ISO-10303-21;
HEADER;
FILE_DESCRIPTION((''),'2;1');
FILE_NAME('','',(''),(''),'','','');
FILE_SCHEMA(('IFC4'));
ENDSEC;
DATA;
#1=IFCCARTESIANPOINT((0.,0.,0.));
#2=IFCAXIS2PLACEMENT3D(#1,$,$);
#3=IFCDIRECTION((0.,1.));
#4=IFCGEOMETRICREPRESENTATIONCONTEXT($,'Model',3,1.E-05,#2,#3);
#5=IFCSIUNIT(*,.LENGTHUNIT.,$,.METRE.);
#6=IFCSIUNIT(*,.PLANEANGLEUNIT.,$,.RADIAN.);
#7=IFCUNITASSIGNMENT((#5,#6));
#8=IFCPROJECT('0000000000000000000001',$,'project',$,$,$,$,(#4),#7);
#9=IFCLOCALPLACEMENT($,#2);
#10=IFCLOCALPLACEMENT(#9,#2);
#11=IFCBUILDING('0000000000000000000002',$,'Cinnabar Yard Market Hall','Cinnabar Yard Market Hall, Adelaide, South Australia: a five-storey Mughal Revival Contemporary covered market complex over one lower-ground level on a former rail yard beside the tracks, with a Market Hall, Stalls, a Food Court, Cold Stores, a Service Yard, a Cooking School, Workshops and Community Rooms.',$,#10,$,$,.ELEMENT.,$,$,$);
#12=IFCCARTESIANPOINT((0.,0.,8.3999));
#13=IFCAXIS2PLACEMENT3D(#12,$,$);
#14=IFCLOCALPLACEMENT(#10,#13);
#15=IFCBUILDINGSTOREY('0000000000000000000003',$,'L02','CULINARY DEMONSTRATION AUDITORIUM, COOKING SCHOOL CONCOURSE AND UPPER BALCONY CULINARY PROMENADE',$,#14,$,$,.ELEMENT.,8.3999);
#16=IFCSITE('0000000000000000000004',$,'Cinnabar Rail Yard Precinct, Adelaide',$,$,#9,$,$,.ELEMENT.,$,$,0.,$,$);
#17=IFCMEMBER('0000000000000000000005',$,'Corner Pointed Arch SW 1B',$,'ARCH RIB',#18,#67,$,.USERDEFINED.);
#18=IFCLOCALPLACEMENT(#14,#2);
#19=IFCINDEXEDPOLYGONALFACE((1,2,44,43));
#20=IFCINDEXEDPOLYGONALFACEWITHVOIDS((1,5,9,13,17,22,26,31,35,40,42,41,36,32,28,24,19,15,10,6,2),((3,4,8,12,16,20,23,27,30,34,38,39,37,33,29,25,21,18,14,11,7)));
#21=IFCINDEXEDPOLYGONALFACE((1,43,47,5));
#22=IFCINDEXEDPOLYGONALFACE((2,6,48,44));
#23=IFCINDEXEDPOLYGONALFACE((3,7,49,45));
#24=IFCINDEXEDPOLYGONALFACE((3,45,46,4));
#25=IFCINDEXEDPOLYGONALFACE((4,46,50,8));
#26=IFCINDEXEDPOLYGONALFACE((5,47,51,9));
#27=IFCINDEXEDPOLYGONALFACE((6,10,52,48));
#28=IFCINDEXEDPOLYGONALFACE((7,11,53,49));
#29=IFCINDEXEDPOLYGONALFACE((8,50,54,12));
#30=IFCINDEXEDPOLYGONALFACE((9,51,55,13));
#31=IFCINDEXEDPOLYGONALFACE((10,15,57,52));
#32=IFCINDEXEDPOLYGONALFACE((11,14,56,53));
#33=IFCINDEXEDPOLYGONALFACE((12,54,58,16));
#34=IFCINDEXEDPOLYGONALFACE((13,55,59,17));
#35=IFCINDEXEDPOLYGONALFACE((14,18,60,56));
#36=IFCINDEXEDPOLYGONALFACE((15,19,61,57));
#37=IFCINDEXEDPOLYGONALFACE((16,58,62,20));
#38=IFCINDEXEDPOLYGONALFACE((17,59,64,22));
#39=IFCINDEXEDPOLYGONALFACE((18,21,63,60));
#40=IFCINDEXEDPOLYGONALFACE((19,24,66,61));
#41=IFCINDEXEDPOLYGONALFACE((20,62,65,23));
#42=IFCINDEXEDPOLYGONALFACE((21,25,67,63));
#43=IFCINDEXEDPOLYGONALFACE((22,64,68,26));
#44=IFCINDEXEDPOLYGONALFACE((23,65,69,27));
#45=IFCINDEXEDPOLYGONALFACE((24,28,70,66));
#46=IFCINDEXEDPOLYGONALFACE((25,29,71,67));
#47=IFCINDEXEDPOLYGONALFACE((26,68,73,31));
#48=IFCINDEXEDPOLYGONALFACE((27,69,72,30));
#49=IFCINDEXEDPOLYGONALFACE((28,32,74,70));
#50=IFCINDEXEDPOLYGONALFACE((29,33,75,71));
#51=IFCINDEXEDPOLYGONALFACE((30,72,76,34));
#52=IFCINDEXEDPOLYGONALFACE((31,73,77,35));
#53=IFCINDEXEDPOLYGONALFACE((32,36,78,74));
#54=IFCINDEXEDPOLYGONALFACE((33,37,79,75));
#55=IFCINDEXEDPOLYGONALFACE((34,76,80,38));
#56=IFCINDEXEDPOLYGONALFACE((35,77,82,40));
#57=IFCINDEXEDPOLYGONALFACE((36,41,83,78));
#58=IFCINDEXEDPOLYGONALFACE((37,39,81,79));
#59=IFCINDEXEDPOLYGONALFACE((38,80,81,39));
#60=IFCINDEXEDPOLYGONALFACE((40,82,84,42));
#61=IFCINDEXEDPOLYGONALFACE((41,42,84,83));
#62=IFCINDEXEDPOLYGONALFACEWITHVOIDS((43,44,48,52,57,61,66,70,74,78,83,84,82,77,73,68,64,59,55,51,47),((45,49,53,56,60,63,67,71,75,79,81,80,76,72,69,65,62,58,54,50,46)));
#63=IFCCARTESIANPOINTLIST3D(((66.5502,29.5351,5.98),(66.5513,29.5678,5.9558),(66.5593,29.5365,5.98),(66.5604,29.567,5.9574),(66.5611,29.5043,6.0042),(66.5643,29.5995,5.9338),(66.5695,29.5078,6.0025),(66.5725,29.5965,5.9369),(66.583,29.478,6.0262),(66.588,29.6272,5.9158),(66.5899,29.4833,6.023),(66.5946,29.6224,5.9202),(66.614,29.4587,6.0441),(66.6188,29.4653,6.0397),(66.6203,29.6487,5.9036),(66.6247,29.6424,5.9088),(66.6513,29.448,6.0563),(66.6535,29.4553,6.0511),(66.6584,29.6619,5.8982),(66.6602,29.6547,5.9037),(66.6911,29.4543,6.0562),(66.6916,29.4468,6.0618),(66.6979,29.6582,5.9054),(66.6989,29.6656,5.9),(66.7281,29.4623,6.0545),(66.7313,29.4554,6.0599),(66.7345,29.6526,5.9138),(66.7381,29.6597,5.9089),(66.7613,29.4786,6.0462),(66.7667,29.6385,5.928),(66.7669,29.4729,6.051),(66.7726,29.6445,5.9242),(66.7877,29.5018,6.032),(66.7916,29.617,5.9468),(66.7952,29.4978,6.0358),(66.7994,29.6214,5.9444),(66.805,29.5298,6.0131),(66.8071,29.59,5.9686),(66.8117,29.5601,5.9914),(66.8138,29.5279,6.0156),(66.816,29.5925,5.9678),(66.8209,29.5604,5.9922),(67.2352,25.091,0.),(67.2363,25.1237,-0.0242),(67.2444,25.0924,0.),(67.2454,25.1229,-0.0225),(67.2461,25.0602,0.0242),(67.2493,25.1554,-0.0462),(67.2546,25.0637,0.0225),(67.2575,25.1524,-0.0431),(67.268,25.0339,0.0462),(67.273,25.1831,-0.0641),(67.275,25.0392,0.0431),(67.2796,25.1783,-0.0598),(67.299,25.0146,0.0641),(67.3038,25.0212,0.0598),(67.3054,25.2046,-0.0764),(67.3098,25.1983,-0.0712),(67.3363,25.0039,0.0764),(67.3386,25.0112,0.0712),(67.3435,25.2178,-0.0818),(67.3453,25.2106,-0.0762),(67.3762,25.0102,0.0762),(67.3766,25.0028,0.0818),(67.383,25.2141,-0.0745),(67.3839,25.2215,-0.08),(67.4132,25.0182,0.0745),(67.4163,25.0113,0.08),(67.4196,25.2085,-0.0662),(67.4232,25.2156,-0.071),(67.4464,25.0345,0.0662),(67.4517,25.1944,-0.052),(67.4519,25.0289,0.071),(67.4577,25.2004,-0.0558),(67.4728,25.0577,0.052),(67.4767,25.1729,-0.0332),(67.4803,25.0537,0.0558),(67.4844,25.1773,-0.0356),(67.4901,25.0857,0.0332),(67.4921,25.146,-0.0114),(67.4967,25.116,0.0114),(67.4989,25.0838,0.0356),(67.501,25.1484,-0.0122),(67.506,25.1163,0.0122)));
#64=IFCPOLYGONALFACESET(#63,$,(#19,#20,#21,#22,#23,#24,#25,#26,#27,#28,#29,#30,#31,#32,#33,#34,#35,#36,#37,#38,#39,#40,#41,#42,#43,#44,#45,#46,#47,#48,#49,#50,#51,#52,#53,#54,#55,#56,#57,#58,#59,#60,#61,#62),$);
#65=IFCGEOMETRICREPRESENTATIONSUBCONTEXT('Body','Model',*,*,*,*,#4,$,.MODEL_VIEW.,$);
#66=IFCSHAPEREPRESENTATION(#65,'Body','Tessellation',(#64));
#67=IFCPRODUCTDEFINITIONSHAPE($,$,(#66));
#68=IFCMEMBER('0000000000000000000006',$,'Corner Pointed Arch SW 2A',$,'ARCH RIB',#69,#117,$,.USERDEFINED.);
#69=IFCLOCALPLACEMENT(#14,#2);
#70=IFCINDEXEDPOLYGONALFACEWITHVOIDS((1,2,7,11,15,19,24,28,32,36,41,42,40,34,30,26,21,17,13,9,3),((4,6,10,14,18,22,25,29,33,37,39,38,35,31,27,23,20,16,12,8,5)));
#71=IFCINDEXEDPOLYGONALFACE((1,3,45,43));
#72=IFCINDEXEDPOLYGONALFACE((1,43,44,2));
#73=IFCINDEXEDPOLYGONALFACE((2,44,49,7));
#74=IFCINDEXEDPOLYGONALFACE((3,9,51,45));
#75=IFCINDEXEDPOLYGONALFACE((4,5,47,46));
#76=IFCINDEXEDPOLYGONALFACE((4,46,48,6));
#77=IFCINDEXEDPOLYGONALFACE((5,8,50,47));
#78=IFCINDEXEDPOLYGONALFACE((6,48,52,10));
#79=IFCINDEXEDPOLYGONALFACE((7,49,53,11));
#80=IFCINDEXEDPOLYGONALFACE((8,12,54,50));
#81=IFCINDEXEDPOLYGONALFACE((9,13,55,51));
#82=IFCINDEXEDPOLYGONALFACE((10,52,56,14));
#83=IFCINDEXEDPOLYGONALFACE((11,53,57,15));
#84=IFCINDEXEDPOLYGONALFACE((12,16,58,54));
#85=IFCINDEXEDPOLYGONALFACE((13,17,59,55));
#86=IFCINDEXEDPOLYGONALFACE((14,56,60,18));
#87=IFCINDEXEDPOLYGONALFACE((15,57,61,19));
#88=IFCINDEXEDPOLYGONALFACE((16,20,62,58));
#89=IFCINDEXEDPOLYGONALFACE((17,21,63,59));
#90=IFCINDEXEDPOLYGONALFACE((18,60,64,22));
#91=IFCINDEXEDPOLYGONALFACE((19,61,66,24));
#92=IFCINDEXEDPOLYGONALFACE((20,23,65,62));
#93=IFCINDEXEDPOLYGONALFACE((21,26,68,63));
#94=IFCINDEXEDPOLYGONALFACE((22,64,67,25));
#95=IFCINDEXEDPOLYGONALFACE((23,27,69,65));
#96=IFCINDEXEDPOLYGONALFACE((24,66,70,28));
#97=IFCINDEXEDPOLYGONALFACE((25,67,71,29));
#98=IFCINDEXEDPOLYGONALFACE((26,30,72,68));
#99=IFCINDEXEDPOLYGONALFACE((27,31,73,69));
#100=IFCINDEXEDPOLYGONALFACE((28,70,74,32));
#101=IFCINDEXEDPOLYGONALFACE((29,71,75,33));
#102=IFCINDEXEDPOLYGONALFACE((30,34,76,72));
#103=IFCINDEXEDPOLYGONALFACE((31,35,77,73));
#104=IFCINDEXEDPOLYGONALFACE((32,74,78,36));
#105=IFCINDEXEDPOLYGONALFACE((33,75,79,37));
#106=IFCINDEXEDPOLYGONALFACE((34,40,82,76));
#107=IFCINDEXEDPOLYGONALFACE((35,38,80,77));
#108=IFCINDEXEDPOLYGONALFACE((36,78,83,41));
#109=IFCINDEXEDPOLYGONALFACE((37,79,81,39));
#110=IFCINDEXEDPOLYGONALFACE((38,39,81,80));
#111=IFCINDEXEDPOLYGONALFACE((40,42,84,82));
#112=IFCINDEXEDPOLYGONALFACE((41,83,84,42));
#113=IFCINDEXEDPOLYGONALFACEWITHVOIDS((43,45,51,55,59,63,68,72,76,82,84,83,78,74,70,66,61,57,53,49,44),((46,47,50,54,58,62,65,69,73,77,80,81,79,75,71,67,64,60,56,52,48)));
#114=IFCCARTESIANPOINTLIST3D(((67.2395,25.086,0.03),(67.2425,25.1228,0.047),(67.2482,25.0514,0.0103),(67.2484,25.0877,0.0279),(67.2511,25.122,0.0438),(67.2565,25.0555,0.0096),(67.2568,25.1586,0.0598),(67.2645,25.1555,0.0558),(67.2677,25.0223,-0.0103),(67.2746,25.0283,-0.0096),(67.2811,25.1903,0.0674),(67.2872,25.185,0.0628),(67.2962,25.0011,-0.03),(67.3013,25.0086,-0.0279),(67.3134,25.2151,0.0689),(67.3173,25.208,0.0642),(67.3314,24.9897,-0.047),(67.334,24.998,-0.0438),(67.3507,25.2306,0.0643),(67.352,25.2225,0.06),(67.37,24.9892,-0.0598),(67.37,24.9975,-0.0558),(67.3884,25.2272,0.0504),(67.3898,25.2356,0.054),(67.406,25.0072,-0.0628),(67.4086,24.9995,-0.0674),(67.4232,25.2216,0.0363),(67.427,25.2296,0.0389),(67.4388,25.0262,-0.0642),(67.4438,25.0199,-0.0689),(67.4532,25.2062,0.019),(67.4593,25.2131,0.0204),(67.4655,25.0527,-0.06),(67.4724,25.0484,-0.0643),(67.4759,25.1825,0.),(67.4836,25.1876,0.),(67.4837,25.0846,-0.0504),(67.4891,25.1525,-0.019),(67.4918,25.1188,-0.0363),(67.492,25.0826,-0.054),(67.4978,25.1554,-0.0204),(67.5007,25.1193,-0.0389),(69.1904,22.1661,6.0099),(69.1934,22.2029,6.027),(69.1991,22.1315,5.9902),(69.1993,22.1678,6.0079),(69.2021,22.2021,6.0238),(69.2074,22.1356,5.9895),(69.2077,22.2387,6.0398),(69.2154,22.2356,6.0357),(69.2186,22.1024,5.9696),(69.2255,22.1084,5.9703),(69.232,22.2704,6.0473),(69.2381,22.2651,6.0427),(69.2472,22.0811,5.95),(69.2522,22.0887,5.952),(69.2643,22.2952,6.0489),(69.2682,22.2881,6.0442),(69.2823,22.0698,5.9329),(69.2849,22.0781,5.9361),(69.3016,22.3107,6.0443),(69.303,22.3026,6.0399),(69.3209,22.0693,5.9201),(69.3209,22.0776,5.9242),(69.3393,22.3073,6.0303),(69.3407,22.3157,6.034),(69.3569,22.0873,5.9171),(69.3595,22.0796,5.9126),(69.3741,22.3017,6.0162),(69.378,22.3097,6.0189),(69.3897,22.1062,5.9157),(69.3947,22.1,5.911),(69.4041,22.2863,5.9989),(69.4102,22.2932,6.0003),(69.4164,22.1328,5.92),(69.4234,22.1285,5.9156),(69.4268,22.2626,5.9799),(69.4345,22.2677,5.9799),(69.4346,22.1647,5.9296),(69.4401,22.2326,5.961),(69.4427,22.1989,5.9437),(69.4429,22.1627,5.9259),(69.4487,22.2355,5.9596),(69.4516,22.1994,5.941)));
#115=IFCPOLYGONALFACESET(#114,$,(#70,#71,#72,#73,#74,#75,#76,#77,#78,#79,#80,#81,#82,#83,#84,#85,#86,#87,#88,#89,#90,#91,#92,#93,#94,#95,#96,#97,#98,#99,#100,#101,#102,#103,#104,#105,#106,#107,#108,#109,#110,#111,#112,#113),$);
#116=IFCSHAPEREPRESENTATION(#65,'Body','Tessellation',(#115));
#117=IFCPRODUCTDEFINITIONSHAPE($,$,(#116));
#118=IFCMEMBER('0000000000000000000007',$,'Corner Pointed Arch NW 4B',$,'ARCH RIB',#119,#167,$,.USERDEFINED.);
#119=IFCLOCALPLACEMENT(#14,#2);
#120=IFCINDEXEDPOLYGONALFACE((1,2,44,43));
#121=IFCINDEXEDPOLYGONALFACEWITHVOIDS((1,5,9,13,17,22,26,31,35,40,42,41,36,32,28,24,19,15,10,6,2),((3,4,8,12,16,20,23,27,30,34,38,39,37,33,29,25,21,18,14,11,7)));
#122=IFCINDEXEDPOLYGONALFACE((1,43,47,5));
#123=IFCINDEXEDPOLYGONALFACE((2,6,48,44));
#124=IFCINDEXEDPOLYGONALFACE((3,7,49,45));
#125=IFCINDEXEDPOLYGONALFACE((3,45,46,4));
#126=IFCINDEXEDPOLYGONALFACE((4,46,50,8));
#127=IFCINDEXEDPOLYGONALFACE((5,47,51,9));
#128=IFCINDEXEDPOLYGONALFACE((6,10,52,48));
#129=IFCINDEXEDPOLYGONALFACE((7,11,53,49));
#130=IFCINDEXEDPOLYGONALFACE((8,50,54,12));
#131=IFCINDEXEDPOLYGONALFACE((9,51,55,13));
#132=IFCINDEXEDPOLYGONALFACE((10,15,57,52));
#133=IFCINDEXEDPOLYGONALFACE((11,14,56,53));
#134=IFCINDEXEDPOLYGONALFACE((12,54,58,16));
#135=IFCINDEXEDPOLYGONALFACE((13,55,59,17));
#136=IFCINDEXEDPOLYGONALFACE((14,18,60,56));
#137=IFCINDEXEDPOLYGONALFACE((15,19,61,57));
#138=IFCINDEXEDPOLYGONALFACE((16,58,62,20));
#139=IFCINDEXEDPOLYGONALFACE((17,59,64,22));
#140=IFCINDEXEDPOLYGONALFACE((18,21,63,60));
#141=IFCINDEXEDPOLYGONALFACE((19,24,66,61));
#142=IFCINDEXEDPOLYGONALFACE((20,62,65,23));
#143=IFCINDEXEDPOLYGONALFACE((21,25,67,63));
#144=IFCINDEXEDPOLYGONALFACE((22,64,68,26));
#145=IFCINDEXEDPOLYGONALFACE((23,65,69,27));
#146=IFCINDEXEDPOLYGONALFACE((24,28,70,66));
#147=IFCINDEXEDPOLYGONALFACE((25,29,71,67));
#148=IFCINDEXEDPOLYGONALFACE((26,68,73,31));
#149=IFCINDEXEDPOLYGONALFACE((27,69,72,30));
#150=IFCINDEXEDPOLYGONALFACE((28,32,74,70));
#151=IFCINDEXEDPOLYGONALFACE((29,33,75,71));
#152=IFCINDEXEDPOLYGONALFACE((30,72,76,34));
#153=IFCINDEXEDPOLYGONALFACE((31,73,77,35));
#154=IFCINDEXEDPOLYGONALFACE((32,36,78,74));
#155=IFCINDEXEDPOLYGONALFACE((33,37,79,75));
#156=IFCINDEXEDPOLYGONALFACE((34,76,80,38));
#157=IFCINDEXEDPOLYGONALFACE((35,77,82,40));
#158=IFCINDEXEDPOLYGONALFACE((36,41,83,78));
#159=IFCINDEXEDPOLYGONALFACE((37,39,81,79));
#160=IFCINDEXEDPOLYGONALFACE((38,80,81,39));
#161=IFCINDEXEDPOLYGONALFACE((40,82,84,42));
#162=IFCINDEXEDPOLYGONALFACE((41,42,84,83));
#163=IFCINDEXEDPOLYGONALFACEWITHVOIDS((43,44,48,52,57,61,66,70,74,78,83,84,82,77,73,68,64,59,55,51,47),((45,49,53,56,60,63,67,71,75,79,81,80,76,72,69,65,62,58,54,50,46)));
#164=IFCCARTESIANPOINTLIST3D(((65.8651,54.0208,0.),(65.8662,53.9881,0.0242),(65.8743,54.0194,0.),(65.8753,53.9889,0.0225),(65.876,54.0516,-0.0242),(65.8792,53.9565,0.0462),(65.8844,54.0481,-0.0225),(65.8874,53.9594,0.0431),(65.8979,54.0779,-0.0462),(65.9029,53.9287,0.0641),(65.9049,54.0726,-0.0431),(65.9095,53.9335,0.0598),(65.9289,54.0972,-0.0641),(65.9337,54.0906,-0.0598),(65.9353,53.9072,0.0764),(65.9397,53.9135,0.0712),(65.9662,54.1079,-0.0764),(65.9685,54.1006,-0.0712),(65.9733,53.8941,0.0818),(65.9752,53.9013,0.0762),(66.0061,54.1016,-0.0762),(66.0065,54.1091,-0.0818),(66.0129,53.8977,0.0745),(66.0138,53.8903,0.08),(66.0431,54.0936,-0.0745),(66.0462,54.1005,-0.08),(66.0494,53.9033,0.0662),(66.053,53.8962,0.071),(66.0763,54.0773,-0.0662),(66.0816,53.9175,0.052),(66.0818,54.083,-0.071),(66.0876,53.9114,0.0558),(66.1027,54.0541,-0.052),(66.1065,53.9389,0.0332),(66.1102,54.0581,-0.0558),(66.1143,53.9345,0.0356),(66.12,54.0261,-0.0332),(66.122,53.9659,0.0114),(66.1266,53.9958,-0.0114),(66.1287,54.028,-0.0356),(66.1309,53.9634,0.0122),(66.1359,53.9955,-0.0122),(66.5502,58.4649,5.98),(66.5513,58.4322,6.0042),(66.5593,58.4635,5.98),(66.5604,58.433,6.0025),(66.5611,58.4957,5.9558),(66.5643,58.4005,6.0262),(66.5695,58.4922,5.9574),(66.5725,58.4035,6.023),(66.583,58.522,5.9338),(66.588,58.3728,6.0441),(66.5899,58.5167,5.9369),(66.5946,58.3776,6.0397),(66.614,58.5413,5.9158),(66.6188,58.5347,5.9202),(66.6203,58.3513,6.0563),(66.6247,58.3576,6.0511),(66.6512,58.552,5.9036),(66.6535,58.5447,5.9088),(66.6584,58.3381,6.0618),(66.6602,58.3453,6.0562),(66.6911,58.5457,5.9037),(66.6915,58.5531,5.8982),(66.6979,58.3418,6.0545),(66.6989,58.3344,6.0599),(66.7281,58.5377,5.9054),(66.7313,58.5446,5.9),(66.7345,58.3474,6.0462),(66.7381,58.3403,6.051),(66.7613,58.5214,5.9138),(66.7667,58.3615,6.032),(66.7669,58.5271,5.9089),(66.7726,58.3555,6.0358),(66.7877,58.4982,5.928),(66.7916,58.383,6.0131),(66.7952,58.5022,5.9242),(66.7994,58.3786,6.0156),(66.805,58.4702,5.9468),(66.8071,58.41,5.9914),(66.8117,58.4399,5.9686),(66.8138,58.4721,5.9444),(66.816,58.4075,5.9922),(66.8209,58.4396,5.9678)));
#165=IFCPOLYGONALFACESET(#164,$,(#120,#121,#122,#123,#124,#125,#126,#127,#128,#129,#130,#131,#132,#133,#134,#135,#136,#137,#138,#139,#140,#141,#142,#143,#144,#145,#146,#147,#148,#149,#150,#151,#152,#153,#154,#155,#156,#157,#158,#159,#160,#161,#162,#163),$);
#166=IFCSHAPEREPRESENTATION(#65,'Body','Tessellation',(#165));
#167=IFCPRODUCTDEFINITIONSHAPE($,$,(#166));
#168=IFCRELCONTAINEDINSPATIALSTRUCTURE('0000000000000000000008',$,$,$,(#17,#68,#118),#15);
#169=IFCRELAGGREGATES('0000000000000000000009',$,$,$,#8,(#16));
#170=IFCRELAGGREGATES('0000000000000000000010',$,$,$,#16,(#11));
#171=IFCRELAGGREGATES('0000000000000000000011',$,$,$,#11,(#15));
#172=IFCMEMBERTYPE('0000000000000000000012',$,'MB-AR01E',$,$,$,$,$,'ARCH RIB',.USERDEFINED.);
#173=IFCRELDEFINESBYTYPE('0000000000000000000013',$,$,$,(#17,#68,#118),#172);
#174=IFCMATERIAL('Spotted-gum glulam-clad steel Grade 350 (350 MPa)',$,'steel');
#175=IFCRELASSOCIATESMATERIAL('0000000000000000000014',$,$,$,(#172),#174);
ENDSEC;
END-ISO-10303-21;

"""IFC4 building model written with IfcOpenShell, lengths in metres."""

from ifc_helpers import new_model, si_unit, direction, frame, origin, origin_2d_with_axis, place, context, subcontext, project, spatial, hollow_circle, extrude, material, material_profile, profile_set, type_object, element, save


model = new_model("IFC4")

# Units and contexts
model_context = context("Model", 3, precision=1e-05, world=origin(), true_north=direction((0.0, 1.0)))
body_context = subcontext(model_context, "Body", "Model", "MODEL_VIEW")
ifc_project = project(units=[si_unit("LENGTHUNIT", "METRE"), si_unit("PLANEANGLEUNIT", "RADIAN")], contexts=[model_context])

# Site, building, storey
site_placement = place(None, origin())
site = spatial("IfcSite", under=ifc_project, at=site_placement, Name="Cinnabar Rail Yard Precinct, Adelaide", CompositionType="ELEMENT", RefElevation=0.0)
building_placement = place(site_placement, origin())
building = spatial("IfcBuilding", under=site, at=building_placement, Name="Cinnabar Yard Market Hall", Description="Cinnabar Yard Market Hall, Adelaide, South Australia: a five-storey Mughal Revival Contemporary covered market complex over one lower-ground level on a former rail yard beside the tracks, with a Market Hall, Stalls, a Food Court, Cold Stores, a Service Yard, a Cooking School, Workshops and Community Rooms.", CompositionType="ELEMENT")
storey_placement = place(building_placement, frame((0.0, 0.0, 8.3999)))
storey = spatial("IfcBuildingStorey", under=building, at=storey_placement, Name="L02", Description="CULINARY DEMONSTRATION AUDITORIUM, COOKING SCHOOL CONCOURSE AND UPPER BALCONY CULINARY PROMENADE", CompositionType="ELEMENT", Elevation=8.3999)

# Shared definitions
ifc_material_1 = material(Name="Spotted-gum glulam-clad steel Grade 350 (350 MPa)", Category="steel")

# Members
ifc_material_profile_1 = material_profile(ifc_material_1, hollow_circle(Radius=0.1365, WallThickness=0.0093, at=origin_2d_with_axis()), Name="273.1x9.3CHS")
ifc_profile_set_1 = profile_set([ifc_material_profile_1], Name="Spotted-gum glulam-clad steel Grade 350 (350 MPa)")
member_type_1 = type_object("IfcMemberType", Name="MB-AR01E", ElementType="ARCH RIB", PredefinedType="USERDEFINED", material=ifc_profile_set_1)
for number, where, z_axis, x_axis, name in (
    (1, (67.3701, 25.1118, 0.0), (-0.091562, 0.593976, 0.799255), (-0.988326, -0.152351, 0.0), "Corner Pointed Arch SW 1B"),
):
    element("IfcMember", number, at=place(storey_placement, frame(where, z_axis=z_axis, x_axis=x_axis)), inside=storey, type_object=member_type_1, Name=name, ObjectType="ARCH RIB", PredefinedType="USERDEFINED", context=body_context, shape_type="SweptSolid", body=[
        extrude(hollow_circle(Radius=0.1365, WallThickness=0.0093, at=origin_2d_with_axis()), origin(), (0.0, 0.0, 1.0), 7.4819),
    ])
member_1_placement = place(storey_placement, frame((67.3701, 25.1118, 0.0), z_axis=(0.281322, -0.42105, 0.862308), x_axis=(0.831483, 0.55555, 0.0)))
element("IfcMember", 2, at=member_1_placement, inside=storey, type_object=member_type_1, Name="Corner Pointed Arch SW 2A", ObjectType="ARCH RIB", PredefinedType="USERDEFINED", context=body_context, shape_type="SweptSolid", body=[
    extrude(hollow_circle(Radius=0.1365, WallThickness=0.0093, at=origin_2d_with_axis()), origin(), (0.0, 0.0, 1.0), 6.9348),
])
member_2_placement = place(storey_placement, frame((66.0, 54.0, 0.0), z_axis=(0.091562, 0.593976, 0.799255), x_axis=(-0.988326, 0.152351, 0.0)))
element("IfcMember", 3, at=member_2_placement, inside=storey, type_object=member_type_1, Name="Corner Pointed Arch NW 4B", ObjectType="ARCH RIB", PredefinedType="USERDEFINED", context=body_context, shape_type="SweptSolid", body=[
    extrude(hollow_circle(Radius=0.1365, WallThickness=0.0093, at=origin_2d_with_axis()), origin(), (0.0, 0.0, 1.0), 7.4819),
])

save(model, "model.ifc")
